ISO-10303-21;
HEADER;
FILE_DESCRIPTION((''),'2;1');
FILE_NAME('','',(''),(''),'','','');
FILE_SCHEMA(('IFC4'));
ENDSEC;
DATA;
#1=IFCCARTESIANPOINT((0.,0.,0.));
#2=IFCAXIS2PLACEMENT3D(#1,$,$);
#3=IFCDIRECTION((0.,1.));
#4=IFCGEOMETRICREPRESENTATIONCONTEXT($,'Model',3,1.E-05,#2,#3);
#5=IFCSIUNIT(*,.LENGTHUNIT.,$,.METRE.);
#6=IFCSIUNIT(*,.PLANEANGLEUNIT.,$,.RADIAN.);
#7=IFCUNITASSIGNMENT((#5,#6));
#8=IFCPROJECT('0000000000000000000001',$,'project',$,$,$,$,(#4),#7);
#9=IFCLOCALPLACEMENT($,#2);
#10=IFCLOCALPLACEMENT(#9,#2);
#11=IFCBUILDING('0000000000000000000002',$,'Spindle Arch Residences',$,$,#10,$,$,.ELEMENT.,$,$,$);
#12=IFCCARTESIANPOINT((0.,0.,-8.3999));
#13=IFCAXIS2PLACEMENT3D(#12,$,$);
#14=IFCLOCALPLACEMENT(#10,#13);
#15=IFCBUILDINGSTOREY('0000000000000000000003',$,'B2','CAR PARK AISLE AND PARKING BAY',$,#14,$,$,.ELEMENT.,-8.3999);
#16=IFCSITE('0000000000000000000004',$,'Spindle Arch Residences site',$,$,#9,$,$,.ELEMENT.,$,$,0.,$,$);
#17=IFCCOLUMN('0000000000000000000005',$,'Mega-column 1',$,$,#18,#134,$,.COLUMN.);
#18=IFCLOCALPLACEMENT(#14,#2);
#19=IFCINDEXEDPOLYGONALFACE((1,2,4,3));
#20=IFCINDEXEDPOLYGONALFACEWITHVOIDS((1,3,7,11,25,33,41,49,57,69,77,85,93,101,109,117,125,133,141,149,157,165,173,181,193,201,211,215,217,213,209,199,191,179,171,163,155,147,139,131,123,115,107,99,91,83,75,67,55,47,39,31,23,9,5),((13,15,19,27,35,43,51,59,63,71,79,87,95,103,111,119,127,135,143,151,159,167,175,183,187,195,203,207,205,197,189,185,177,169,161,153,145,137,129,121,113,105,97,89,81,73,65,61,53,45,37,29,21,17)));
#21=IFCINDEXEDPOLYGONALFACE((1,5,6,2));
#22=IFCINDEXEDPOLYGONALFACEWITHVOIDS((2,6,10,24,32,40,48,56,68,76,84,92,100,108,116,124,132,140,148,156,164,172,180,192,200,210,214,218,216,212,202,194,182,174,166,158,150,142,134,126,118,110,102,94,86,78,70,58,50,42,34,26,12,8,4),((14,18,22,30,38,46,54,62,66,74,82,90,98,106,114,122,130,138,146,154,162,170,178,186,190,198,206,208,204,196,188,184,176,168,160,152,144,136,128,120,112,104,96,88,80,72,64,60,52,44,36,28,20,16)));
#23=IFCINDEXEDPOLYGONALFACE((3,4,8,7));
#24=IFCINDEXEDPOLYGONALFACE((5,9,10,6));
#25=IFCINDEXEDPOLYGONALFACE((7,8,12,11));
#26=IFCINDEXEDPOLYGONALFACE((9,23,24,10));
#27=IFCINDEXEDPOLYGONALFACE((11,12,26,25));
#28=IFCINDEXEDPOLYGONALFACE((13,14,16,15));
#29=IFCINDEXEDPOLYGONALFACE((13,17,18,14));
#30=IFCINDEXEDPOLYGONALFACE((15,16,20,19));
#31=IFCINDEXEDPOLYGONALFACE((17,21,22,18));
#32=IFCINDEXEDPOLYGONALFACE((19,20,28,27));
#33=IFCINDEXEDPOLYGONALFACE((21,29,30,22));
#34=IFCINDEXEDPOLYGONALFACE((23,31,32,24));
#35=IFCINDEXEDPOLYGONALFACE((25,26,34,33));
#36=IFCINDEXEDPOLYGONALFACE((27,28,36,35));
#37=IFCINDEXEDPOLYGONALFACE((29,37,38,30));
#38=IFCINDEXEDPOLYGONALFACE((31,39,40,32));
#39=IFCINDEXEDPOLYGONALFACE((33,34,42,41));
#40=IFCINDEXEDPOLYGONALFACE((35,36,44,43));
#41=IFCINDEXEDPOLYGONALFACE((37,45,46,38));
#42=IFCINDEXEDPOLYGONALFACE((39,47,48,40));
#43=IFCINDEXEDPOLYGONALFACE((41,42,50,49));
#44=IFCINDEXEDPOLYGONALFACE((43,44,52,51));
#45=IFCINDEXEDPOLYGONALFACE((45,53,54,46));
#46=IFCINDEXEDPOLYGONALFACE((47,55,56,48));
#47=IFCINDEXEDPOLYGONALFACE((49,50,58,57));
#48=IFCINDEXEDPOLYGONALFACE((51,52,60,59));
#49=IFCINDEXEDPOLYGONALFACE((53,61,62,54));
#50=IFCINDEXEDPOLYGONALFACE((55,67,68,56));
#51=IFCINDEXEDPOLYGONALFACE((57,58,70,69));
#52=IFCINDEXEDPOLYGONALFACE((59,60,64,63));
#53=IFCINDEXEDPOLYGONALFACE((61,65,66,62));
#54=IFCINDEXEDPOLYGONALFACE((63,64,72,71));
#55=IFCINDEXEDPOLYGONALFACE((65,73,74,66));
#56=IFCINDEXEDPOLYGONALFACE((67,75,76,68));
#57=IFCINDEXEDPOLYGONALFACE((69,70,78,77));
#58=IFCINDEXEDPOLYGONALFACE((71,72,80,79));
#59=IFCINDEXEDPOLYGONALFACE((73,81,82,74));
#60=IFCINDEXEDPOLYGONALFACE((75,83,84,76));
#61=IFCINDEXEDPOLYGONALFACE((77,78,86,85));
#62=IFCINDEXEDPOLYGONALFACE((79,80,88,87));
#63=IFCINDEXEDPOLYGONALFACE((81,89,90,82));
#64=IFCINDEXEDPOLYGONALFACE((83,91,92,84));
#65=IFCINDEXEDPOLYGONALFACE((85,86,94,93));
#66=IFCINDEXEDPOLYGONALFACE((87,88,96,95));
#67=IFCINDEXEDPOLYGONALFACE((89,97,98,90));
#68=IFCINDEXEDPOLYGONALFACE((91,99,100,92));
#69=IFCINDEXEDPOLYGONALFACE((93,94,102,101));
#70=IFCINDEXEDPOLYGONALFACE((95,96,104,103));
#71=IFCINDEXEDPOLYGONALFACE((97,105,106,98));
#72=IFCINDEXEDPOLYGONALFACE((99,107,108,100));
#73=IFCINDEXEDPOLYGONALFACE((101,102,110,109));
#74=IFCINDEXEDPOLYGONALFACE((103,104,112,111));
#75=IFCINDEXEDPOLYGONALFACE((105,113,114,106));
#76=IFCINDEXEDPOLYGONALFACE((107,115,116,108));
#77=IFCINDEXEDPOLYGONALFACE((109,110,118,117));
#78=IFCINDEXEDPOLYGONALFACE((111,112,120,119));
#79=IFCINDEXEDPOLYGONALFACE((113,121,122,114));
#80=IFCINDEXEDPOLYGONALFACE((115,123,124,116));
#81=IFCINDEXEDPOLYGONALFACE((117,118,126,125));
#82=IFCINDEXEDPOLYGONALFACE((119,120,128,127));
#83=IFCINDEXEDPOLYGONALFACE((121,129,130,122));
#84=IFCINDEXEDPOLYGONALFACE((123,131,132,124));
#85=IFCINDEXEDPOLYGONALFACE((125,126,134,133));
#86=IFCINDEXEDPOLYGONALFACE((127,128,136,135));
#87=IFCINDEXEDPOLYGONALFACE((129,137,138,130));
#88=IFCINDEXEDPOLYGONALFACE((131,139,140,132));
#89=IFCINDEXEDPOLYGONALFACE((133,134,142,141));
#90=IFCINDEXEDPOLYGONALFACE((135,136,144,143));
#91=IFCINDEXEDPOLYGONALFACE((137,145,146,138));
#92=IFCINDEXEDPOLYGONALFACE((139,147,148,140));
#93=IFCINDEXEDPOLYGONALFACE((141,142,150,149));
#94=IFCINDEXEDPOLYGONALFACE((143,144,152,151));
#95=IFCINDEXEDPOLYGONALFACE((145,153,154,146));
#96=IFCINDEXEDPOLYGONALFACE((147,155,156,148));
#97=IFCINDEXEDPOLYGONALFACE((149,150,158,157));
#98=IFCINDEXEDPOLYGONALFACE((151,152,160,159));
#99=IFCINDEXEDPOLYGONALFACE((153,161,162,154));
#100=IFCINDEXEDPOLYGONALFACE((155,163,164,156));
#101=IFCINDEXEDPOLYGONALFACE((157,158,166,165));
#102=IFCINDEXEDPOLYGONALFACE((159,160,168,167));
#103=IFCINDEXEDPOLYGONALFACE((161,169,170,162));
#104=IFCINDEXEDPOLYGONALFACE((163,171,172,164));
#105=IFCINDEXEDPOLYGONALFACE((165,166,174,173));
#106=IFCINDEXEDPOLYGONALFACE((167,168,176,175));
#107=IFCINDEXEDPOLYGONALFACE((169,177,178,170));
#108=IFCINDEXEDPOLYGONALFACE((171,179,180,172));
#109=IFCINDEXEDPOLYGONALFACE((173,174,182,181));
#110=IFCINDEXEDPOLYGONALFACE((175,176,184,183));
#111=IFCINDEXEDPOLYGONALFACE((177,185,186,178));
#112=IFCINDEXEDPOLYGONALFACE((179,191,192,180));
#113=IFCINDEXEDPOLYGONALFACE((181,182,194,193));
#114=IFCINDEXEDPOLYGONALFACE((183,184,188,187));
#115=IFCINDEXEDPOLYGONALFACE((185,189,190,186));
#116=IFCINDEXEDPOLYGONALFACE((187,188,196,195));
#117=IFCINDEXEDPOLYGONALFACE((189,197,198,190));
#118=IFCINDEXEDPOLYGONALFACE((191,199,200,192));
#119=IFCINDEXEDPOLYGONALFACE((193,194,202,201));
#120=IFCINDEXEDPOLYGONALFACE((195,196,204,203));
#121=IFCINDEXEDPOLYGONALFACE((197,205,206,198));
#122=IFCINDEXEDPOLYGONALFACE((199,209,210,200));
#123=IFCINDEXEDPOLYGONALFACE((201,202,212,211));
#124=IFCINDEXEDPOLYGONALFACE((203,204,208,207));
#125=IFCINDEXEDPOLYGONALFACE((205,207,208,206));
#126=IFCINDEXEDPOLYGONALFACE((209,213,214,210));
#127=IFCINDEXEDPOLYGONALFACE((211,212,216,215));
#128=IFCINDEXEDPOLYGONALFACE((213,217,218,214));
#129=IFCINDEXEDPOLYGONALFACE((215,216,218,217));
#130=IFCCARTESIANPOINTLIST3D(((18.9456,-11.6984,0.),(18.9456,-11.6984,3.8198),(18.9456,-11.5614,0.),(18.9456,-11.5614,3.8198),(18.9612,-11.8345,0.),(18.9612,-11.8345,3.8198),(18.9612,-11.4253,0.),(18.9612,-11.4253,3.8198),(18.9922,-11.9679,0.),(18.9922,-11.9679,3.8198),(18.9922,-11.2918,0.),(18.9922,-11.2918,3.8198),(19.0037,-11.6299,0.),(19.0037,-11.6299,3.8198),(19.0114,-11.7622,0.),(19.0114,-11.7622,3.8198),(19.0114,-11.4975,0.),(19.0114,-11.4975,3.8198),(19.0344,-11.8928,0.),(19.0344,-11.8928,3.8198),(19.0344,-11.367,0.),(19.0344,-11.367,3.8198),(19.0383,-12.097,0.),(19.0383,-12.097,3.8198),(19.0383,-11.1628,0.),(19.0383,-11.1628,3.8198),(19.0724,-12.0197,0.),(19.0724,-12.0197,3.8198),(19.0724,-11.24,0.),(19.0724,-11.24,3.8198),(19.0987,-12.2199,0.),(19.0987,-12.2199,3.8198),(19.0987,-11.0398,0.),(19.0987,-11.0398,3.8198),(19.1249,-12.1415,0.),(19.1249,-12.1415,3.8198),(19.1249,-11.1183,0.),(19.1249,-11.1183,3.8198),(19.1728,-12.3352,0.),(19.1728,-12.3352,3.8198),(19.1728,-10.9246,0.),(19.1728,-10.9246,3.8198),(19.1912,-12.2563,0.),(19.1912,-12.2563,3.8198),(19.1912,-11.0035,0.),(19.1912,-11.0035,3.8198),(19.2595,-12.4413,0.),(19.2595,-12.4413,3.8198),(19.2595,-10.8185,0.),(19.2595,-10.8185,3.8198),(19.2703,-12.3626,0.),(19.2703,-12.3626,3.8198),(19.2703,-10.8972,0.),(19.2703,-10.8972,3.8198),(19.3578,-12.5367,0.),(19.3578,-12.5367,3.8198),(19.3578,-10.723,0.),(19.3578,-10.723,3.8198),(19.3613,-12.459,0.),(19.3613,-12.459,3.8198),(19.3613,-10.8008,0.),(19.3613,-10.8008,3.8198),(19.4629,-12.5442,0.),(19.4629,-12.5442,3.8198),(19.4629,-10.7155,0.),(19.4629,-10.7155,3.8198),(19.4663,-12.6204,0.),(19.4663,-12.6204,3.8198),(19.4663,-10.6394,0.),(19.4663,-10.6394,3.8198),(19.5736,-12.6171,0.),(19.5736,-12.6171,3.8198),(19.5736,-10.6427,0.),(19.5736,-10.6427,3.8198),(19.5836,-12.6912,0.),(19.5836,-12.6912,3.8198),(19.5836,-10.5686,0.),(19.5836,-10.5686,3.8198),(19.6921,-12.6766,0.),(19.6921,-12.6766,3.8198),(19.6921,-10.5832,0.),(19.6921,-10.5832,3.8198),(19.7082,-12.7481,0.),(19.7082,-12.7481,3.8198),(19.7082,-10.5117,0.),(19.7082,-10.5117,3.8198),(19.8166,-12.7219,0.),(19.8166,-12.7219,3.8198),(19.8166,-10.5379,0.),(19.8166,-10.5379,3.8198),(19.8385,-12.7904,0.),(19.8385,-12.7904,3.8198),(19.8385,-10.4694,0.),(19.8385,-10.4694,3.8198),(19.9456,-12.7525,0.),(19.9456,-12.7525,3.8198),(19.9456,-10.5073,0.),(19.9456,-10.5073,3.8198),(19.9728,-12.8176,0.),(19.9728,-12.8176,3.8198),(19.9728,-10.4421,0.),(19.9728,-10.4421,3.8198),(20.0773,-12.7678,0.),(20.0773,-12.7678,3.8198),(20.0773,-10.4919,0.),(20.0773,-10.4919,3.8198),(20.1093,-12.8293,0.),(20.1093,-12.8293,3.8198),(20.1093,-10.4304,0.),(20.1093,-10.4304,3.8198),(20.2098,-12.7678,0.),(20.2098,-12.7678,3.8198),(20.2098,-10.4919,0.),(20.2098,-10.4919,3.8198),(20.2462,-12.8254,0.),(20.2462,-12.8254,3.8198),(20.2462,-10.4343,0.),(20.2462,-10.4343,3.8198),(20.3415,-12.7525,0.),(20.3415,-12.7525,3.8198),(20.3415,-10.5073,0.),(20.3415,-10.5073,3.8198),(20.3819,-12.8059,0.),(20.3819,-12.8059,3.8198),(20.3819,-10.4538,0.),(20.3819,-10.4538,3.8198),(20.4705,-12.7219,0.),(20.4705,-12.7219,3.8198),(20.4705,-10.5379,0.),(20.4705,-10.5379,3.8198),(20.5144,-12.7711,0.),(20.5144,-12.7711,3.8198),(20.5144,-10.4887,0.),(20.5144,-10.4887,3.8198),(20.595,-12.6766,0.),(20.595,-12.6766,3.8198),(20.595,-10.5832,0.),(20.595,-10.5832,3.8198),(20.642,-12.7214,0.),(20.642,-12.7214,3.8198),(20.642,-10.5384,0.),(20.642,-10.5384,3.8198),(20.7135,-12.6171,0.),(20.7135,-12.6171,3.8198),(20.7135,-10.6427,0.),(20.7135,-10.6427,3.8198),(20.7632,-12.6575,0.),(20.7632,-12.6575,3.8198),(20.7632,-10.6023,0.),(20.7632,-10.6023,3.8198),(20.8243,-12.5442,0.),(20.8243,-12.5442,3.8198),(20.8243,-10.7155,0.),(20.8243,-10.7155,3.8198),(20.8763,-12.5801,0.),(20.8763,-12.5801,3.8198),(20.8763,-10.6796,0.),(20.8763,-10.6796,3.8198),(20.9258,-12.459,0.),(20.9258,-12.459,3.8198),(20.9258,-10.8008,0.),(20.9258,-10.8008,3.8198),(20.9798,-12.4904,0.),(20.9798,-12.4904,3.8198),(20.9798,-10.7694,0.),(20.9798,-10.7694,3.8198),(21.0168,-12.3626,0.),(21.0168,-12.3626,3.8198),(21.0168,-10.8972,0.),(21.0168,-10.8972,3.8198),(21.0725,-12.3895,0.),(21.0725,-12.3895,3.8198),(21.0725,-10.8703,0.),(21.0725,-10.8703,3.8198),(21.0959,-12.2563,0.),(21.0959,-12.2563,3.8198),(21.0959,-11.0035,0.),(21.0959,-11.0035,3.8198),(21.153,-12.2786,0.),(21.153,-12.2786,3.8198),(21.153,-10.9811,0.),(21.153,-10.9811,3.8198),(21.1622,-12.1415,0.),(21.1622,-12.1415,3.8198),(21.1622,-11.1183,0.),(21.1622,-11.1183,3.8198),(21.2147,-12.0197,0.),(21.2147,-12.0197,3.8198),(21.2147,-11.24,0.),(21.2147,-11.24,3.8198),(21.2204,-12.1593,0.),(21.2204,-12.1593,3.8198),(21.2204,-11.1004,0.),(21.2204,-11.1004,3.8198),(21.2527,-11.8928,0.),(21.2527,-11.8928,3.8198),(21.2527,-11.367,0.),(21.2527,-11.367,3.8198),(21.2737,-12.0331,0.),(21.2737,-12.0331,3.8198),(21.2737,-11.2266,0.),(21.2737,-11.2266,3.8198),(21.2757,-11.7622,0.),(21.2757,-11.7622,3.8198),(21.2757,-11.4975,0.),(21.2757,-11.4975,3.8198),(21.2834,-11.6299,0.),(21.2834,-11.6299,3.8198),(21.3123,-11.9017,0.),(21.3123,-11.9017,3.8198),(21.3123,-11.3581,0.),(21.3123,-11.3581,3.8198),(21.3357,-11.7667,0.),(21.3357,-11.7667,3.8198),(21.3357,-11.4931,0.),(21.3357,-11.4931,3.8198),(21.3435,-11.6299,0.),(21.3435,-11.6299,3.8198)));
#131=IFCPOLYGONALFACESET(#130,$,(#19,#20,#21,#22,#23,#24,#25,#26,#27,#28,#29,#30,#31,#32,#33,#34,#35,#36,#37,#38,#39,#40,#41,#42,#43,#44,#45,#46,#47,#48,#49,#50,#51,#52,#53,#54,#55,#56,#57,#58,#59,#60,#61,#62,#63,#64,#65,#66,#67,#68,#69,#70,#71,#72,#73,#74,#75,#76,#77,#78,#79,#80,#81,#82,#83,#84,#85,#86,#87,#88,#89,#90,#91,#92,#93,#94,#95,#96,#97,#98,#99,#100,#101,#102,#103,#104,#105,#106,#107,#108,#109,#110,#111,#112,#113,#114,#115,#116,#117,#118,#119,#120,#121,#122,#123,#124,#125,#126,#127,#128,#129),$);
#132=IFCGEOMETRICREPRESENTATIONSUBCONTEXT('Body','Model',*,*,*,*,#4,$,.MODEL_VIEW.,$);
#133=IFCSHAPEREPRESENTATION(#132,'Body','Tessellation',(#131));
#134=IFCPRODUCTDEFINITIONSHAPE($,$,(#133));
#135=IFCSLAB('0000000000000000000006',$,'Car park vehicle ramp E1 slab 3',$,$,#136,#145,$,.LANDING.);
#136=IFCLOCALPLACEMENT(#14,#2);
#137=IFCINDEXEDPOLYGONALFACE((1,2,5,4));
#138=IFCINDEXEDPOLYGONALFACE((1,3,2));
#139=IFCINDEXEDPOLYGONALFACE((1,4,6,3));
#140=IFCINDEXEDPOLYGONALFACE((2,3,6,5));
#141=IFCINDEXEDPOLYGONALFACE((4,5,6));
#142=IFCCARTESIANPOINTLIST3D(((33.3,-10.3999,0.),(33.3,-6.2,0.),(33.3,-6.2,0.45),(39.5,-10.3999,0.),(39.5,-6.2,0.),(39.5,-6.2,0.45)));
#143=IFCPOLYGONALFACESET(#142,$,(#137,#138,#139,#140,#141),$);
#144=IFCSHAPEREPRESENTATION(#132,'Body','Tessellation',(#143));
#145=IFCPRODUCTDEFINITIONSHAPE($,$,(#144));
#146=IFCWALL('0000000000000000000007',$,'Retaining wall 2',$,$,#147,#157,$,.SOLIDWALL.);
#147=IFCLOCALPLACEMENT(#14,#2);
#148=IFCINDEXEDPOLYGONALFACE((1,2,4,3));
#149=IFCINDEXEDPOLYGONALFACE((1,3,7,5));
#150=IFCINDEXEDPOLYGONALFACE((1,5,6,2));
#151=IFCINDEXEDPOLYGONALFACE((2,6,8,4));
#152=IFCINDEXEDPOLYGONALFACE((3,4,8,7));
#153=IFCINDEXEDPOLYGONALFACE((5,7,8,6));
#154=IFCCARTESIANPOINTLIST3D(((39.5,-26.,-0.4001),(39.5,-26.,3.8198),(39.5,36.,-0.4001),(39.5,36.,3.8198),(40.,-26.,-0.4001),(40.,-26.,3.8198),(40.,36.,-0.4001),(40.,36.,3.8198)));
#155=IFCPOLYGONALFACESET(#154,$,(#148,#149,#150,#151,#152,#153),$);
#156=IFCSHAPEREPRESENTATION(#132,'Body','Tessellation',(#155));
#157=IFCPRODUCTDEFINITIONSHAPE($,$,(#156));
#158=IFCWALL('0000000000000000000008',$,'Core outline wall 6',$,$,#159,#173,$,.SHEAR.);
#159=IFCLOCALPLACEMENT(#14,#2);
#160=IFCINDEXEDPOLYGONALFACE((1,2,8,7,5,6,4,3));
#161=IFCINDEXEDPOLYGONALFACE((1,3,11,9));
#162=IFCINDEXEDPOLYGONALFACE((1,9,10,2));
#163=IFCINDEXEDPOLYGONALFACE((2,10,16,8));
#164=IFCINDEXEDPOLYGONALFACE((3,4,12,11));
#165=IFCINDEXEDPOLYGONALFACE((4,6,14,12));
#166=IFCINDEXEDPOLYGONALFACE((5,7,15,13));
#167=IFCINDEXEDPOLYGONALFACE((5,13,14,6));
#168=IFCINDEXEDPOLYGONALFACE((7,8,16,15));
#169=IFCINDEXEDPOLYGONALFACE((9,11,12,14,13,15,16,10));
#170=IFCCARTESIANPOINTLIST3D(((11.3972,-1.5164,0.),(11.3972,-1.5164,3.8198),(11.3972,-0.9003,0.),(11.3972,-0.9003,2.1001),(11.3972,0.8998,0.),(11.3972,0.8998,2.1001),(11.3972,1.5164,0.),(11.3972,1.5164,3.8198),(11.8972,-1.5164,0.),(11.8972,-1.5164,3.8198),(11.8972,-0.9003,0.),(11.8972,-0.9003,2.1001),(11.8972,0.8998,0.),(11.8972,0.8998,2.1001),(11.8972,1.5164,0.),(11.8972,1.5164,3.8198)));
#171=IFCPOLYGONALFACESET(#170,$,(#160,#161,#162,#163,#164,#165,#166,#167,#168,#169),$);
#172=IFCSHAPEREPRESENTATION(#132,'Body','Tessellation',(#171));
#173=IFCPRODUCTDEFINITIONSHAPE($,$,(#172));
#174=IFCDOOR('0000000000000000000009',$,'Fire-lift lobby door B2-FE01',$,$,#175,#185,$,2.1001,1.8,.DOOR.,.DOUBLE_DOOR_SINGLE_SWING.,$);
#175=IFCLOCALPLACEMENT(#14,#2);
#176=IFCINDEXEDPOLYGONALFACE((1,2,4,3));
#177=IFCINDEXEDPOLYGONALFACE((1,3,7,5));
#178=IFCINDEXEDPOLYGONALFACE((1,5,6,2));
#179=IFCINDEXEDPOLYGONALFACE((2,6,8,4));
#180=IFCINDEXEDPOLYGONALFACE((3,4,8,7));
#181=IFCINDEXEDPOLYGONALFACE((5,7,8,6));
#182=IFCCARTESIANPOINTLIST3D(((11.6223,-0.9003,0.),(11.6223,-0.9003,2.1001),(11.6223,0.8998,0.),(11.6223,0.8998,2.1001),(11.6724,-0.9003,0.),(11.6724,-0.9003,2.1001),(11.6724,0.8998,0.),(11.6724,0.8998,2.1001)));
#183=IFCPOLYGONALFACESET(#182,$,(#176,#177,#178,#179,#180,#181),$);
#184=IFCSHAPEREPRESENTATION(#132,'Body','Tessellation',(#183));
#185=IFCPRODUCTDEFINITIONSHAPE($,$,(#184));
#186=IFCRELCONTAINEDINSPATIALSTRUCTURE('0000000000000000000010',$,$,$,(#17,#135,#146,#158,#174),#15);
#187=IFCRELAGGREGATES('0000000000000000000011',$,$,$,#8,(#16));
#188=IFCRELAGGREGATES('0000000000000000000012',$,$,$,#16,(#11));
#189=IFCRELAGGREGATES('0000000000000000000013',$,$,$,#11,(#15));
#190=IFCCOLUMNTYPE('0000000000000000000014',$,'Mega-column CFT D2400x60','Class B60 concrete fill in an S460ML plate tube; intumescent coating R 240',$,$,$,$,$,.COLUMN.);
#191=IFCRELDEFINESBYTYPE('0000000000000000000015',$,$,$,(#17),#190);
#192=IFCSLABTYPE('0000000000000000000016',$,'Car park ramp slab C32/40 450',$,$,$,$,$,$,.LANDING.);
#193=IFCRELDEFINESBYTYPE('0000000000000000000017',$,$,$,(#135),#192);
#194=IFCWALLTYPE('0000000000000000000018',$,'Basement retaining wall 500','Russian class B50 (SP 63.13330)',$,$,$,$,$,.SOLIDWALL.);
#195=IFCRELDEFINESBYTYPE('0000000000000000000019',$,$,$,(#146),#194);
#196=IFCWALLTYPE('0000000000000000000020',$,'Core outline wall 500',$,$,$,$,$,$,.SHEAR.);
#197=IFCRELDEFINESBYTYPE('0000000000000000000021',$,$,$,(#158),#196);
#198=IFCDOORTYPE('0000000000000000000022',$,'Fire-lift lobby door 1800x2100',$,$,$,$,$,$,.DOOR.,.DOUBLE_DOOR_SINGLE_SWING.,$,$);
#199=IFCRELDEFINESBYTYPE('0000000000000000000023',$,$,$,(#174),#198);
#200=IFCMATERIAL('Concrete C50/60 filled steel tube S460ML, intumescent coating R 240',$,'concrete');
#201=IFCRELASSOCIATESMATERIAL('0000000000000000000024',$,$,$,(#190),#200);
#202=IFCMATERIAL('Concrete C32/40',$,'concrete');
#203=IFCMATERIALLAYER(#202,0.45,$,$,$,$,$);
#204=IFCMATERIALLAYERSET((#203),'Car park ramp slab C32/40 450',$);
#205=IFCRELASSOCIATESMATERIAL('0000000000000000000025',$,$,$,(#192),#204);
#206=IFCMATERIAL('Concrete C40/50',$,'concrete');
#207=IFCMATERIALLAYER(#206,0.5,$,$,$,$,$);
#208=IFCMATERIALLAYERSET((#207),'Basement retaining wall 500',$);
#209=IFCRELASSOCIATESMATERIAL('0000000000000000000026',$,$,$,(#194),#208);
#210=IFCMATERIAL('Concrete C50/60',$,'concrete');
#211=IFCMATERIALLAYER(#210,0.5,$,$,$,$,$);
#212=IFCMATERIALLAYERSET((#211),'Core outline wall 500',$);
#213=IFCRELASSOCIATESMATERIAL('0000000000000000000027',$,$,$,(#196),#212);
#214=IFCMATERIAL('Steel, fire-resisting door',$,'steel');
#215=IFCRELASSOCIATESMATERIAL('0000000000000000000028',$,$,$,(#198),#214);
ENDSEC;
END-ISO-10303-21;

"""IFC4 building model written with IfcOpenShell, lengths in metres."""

from ifc_helpers import new_model, si_unit, direction, frame, frame_2d, origin, origin_2d, place, context, subcontext, project, spatial, polyline, rectangle, hollow_circle, outline, extrude, material, layer, layer_set, material_profile, profile_set, type_object, element, fill, save


model = new_model("IFC4")

# Units and contexts
model_context = context("Model", 3, precision=1e-05, world=origin(), true_north=direction((0.0, 1.0)))
body_context = subcontext(model_context, "Body", "Model", "MODEL_VIEW")
ifc_project = project(units=[si_unit("LENGTHUNIT", "METRE"), si_unit("PLANEANGLEUNIT", "RADIAN")], contexts=[model_context])

# Site, building, storey
site_placement = place(None, origin())
site = spatial("IfcSite", under=ifc_project, at=site_placement, Name="Spindle Arch Residences site", CompositionType="ELEMENT", RefElevation=0.0)
building_placement = place(site_placement, origin())
building = spatial("IfcBuilding", under=site, at=building_placement, Name="Spindle Arch Residences", CompositionType="ELEMENT")
storey_placement = place(building_placement, frame((0.0, 0.0, -8.3999)))
storey = spatial("IfcBuildingStorey", under=building, at=storey_placement, Name="B2", Description="CAR PARK AISLE AND PARKING BAY", CompositionType="ELEMENT", Elevation=-8.3999)

# Column
ifc_material_1 = material(Name="Concrete C50/60 filled steel tube S460ML, intumescent coating R 240", Category="concrete")
ifc_material_profile_1 = material_profile(ifc_material_1, hollow_circle(Radius=1.2, WallThickness=0.0601, at=origin_2d()), Name="CFT D2400x60")
ifc_profile_set_1 = profile_set([ifc_material_profile_1], Name="Concrete C50/60 filled steel tube S460ML, intumescent coating R 240")
column_type_1 = type_object("IfcColumnType", Name="Mega-column CFT D2400x60", Description="Class B60 concrete fill in an S460ML plate tube; intumescent coating R 240", PredefinedType="COLUMN", material=ifc_profile_set_1)
column_1_placement = place(storey_placement, frame((20.1436, -11.6299, 0.0), z_axis=(0.0, 0.0, 1.0), x_axis=(1.0, 0.0, 0.0)))
element("IfcColumn", 1, at=column_1_placement, inside=storey, type_object=column_type_1, Name="Mega-column 1", PredefinedType="COLUMN", context=body_context, shape_type="SweptSolid", body=[
    extrude(hollow_circle(Radius=1.2, WallThickness=0.0601, at=origin_2d()), origin(), (0.0, 0.0, 1.0), 3.8198),
])

# Slab
ifc_material_2 = material(Name="Concrete C32/40", Category="concrete")
ifc_layer_1 = layer(ifc_material_2, 0.45)
ifc_layer_set_1 = layer_set([ifc_layer_1], Name="Car park ramp slab C32/40 450")
slab_type = type_object("IfcSlabType", Name="Car park ramp slab C32/40 450", PredefinedType="LANDING", material=ifc_layer_set_1)
slab_placement = place(storey_placement, frame((36.3999, -6.2, 0.0), z_axis=(0.0, 0.0, 1.0), x_axis=(0.0, -1.0, 0.0)))
element("IfcSlab", 2, at=slab_placement, inside=storey, type_object=slab_type, Name="Car park vehicle ramp E1 slab 3", PredefinedType="LANDING", context=body_context, shape_type="SweptSolid", body=[
    extrude(outline(polyline([(0.0, 0.0), (4.2, 0.0), (4.2, 0.0), (0.0, 0.45), (0.0, 0.0)])), frame((0.0, 3.1001, 0.0), z_axis=(0.0, -1.0, 0.0), x_axis=(1.0, 0.0, 0.0)), (0.0, 0.0, 1.0), 6.2),
])

# Wall
ifc_material_3 = material(Name="Concrete C40/50", Category="concrete")
ifc_layer_2 = layer(ifc_material_3, 0.5)
ifc_layer_set_2 = layer_set([ifc_layer_2], Name="Basement retaining wall 500")
wall_type_1 = type_object("IfcWallType", Name="Basement retaining wall 500", Description="Russian class B50 (SP 63.13330)", PredefinedType="SOLIDWALL", material=ifc_layer_set_2)
wall_1_placement = place(storey_placement, frame((39.75, -26.0, -0.4001), z_axis=(0.0, 0.0, 1.0), x_axis=(0.0, 1.0, 0.0)))
element("IfcWall", 3, at=wall_1_placement, inside=storey, type_object=wall_type_1, Name="Retaining wall 2", PredefinedType="SOLIDWALL", context=body_context, shape_type="SweptSolid", body=[
    extrude(rectangle(XDim=62.0, YDim=0.5, at=frame_2d((31.0, 0.0))), origin(), (0.0, 0.0, 1.0), 4.22),
])

# Wall, opening, door
ifc_material_4 = material(Name="Concrete C50/60", Category="concrete")
ifc_layer_3 = layer(ifc_material_4, 0.5)
ifc_layer_set_3 = layer_set([ifc_layer_3], Name="Core outline wall 500")
wall_type_2 = type_object("IfcWallType", Name="Core outline wall 500", PredefinedType="SHEAR", material=ifc_layer_set_3)
wall_2_placement = place(storey_placement, frame((11.6472, -1.5164, 0.0), z_axis=(0.0, 0.0, 1.0), x_axis=(0.0, 1.0, 0.0)))
wall_2 = element("IfcWall", 4, at=wall_2_placement, inside=storey, type_object=wall_type_2, Name="Core outline wall 6", PredefinedType="SHEAR", context=body_context, shape_type="SweptSolid", body=[
    extrude(rectangle(XDim=3.0327, YDim=0.5, at=frame_2d((1.5164, 0.0))), origin(), (0.0, 0.0, 1.0), 3.8198),
])
opening_1_placement = place(wall_2_placement, frame((0.6162, 0.0, 0.0)))
opening_1 = element("IfcOpeningElement", 5, at=opening_1_placement, cuts=wall_2, PredefinedType="OPENING", context=body_context, shape_type="SweptSolid", body=[
    extrude(rectangle(XDim=1.8, YDim=2.1001, at=frame_2d((0.8999, 1.05))), frame((0.0, 0.26, 0.0), z_axis=(0.0, -1.0, 0.0), x_axis=(1.0, 0.0, 0.0)), (0.0, 0.0, 1.0), 0.52),
])
ifc_material_5 = material(Name="Steel, fire-resisting door", Category="steel")
door_type_1 = type_object("IfcDoorType", Name="Fire-lift lobby door 1800x2100", OperationType="DOUBLE_DOOR_SINGLE_SWING", PredefinedType="DOOR", material=ifc_material_5)
door_1_placement = place(opening_1_placement, origin())
door_1 = element("IfcDoor", 6, at=door_1_placement, inside=storey, type_object=door_type_1, Name="Fire-lift lobby door B2-FE01", OperationType="DOUBLE_DOOR_SINGLE_SWING", OverallHeight=2.1001, OverallWidth=1.8, PredefinedType="DOOR", context=body_context, shape_type="SweptSolid", body=[
    extrude(rectangle(XDim=1.8, YDim=2.1001, at=frame_2d((0.8999, 1.05))), frame((0.0, 0.0249, 0.0), z_axis=(0.0, -1.0, 0.0), x_axis=(1.0, 0.0, 0.0)), (0.0, 0.0, 1.0), 0.05),
])
fill(opening_1, door_1)

save(model, "model.ifc")
